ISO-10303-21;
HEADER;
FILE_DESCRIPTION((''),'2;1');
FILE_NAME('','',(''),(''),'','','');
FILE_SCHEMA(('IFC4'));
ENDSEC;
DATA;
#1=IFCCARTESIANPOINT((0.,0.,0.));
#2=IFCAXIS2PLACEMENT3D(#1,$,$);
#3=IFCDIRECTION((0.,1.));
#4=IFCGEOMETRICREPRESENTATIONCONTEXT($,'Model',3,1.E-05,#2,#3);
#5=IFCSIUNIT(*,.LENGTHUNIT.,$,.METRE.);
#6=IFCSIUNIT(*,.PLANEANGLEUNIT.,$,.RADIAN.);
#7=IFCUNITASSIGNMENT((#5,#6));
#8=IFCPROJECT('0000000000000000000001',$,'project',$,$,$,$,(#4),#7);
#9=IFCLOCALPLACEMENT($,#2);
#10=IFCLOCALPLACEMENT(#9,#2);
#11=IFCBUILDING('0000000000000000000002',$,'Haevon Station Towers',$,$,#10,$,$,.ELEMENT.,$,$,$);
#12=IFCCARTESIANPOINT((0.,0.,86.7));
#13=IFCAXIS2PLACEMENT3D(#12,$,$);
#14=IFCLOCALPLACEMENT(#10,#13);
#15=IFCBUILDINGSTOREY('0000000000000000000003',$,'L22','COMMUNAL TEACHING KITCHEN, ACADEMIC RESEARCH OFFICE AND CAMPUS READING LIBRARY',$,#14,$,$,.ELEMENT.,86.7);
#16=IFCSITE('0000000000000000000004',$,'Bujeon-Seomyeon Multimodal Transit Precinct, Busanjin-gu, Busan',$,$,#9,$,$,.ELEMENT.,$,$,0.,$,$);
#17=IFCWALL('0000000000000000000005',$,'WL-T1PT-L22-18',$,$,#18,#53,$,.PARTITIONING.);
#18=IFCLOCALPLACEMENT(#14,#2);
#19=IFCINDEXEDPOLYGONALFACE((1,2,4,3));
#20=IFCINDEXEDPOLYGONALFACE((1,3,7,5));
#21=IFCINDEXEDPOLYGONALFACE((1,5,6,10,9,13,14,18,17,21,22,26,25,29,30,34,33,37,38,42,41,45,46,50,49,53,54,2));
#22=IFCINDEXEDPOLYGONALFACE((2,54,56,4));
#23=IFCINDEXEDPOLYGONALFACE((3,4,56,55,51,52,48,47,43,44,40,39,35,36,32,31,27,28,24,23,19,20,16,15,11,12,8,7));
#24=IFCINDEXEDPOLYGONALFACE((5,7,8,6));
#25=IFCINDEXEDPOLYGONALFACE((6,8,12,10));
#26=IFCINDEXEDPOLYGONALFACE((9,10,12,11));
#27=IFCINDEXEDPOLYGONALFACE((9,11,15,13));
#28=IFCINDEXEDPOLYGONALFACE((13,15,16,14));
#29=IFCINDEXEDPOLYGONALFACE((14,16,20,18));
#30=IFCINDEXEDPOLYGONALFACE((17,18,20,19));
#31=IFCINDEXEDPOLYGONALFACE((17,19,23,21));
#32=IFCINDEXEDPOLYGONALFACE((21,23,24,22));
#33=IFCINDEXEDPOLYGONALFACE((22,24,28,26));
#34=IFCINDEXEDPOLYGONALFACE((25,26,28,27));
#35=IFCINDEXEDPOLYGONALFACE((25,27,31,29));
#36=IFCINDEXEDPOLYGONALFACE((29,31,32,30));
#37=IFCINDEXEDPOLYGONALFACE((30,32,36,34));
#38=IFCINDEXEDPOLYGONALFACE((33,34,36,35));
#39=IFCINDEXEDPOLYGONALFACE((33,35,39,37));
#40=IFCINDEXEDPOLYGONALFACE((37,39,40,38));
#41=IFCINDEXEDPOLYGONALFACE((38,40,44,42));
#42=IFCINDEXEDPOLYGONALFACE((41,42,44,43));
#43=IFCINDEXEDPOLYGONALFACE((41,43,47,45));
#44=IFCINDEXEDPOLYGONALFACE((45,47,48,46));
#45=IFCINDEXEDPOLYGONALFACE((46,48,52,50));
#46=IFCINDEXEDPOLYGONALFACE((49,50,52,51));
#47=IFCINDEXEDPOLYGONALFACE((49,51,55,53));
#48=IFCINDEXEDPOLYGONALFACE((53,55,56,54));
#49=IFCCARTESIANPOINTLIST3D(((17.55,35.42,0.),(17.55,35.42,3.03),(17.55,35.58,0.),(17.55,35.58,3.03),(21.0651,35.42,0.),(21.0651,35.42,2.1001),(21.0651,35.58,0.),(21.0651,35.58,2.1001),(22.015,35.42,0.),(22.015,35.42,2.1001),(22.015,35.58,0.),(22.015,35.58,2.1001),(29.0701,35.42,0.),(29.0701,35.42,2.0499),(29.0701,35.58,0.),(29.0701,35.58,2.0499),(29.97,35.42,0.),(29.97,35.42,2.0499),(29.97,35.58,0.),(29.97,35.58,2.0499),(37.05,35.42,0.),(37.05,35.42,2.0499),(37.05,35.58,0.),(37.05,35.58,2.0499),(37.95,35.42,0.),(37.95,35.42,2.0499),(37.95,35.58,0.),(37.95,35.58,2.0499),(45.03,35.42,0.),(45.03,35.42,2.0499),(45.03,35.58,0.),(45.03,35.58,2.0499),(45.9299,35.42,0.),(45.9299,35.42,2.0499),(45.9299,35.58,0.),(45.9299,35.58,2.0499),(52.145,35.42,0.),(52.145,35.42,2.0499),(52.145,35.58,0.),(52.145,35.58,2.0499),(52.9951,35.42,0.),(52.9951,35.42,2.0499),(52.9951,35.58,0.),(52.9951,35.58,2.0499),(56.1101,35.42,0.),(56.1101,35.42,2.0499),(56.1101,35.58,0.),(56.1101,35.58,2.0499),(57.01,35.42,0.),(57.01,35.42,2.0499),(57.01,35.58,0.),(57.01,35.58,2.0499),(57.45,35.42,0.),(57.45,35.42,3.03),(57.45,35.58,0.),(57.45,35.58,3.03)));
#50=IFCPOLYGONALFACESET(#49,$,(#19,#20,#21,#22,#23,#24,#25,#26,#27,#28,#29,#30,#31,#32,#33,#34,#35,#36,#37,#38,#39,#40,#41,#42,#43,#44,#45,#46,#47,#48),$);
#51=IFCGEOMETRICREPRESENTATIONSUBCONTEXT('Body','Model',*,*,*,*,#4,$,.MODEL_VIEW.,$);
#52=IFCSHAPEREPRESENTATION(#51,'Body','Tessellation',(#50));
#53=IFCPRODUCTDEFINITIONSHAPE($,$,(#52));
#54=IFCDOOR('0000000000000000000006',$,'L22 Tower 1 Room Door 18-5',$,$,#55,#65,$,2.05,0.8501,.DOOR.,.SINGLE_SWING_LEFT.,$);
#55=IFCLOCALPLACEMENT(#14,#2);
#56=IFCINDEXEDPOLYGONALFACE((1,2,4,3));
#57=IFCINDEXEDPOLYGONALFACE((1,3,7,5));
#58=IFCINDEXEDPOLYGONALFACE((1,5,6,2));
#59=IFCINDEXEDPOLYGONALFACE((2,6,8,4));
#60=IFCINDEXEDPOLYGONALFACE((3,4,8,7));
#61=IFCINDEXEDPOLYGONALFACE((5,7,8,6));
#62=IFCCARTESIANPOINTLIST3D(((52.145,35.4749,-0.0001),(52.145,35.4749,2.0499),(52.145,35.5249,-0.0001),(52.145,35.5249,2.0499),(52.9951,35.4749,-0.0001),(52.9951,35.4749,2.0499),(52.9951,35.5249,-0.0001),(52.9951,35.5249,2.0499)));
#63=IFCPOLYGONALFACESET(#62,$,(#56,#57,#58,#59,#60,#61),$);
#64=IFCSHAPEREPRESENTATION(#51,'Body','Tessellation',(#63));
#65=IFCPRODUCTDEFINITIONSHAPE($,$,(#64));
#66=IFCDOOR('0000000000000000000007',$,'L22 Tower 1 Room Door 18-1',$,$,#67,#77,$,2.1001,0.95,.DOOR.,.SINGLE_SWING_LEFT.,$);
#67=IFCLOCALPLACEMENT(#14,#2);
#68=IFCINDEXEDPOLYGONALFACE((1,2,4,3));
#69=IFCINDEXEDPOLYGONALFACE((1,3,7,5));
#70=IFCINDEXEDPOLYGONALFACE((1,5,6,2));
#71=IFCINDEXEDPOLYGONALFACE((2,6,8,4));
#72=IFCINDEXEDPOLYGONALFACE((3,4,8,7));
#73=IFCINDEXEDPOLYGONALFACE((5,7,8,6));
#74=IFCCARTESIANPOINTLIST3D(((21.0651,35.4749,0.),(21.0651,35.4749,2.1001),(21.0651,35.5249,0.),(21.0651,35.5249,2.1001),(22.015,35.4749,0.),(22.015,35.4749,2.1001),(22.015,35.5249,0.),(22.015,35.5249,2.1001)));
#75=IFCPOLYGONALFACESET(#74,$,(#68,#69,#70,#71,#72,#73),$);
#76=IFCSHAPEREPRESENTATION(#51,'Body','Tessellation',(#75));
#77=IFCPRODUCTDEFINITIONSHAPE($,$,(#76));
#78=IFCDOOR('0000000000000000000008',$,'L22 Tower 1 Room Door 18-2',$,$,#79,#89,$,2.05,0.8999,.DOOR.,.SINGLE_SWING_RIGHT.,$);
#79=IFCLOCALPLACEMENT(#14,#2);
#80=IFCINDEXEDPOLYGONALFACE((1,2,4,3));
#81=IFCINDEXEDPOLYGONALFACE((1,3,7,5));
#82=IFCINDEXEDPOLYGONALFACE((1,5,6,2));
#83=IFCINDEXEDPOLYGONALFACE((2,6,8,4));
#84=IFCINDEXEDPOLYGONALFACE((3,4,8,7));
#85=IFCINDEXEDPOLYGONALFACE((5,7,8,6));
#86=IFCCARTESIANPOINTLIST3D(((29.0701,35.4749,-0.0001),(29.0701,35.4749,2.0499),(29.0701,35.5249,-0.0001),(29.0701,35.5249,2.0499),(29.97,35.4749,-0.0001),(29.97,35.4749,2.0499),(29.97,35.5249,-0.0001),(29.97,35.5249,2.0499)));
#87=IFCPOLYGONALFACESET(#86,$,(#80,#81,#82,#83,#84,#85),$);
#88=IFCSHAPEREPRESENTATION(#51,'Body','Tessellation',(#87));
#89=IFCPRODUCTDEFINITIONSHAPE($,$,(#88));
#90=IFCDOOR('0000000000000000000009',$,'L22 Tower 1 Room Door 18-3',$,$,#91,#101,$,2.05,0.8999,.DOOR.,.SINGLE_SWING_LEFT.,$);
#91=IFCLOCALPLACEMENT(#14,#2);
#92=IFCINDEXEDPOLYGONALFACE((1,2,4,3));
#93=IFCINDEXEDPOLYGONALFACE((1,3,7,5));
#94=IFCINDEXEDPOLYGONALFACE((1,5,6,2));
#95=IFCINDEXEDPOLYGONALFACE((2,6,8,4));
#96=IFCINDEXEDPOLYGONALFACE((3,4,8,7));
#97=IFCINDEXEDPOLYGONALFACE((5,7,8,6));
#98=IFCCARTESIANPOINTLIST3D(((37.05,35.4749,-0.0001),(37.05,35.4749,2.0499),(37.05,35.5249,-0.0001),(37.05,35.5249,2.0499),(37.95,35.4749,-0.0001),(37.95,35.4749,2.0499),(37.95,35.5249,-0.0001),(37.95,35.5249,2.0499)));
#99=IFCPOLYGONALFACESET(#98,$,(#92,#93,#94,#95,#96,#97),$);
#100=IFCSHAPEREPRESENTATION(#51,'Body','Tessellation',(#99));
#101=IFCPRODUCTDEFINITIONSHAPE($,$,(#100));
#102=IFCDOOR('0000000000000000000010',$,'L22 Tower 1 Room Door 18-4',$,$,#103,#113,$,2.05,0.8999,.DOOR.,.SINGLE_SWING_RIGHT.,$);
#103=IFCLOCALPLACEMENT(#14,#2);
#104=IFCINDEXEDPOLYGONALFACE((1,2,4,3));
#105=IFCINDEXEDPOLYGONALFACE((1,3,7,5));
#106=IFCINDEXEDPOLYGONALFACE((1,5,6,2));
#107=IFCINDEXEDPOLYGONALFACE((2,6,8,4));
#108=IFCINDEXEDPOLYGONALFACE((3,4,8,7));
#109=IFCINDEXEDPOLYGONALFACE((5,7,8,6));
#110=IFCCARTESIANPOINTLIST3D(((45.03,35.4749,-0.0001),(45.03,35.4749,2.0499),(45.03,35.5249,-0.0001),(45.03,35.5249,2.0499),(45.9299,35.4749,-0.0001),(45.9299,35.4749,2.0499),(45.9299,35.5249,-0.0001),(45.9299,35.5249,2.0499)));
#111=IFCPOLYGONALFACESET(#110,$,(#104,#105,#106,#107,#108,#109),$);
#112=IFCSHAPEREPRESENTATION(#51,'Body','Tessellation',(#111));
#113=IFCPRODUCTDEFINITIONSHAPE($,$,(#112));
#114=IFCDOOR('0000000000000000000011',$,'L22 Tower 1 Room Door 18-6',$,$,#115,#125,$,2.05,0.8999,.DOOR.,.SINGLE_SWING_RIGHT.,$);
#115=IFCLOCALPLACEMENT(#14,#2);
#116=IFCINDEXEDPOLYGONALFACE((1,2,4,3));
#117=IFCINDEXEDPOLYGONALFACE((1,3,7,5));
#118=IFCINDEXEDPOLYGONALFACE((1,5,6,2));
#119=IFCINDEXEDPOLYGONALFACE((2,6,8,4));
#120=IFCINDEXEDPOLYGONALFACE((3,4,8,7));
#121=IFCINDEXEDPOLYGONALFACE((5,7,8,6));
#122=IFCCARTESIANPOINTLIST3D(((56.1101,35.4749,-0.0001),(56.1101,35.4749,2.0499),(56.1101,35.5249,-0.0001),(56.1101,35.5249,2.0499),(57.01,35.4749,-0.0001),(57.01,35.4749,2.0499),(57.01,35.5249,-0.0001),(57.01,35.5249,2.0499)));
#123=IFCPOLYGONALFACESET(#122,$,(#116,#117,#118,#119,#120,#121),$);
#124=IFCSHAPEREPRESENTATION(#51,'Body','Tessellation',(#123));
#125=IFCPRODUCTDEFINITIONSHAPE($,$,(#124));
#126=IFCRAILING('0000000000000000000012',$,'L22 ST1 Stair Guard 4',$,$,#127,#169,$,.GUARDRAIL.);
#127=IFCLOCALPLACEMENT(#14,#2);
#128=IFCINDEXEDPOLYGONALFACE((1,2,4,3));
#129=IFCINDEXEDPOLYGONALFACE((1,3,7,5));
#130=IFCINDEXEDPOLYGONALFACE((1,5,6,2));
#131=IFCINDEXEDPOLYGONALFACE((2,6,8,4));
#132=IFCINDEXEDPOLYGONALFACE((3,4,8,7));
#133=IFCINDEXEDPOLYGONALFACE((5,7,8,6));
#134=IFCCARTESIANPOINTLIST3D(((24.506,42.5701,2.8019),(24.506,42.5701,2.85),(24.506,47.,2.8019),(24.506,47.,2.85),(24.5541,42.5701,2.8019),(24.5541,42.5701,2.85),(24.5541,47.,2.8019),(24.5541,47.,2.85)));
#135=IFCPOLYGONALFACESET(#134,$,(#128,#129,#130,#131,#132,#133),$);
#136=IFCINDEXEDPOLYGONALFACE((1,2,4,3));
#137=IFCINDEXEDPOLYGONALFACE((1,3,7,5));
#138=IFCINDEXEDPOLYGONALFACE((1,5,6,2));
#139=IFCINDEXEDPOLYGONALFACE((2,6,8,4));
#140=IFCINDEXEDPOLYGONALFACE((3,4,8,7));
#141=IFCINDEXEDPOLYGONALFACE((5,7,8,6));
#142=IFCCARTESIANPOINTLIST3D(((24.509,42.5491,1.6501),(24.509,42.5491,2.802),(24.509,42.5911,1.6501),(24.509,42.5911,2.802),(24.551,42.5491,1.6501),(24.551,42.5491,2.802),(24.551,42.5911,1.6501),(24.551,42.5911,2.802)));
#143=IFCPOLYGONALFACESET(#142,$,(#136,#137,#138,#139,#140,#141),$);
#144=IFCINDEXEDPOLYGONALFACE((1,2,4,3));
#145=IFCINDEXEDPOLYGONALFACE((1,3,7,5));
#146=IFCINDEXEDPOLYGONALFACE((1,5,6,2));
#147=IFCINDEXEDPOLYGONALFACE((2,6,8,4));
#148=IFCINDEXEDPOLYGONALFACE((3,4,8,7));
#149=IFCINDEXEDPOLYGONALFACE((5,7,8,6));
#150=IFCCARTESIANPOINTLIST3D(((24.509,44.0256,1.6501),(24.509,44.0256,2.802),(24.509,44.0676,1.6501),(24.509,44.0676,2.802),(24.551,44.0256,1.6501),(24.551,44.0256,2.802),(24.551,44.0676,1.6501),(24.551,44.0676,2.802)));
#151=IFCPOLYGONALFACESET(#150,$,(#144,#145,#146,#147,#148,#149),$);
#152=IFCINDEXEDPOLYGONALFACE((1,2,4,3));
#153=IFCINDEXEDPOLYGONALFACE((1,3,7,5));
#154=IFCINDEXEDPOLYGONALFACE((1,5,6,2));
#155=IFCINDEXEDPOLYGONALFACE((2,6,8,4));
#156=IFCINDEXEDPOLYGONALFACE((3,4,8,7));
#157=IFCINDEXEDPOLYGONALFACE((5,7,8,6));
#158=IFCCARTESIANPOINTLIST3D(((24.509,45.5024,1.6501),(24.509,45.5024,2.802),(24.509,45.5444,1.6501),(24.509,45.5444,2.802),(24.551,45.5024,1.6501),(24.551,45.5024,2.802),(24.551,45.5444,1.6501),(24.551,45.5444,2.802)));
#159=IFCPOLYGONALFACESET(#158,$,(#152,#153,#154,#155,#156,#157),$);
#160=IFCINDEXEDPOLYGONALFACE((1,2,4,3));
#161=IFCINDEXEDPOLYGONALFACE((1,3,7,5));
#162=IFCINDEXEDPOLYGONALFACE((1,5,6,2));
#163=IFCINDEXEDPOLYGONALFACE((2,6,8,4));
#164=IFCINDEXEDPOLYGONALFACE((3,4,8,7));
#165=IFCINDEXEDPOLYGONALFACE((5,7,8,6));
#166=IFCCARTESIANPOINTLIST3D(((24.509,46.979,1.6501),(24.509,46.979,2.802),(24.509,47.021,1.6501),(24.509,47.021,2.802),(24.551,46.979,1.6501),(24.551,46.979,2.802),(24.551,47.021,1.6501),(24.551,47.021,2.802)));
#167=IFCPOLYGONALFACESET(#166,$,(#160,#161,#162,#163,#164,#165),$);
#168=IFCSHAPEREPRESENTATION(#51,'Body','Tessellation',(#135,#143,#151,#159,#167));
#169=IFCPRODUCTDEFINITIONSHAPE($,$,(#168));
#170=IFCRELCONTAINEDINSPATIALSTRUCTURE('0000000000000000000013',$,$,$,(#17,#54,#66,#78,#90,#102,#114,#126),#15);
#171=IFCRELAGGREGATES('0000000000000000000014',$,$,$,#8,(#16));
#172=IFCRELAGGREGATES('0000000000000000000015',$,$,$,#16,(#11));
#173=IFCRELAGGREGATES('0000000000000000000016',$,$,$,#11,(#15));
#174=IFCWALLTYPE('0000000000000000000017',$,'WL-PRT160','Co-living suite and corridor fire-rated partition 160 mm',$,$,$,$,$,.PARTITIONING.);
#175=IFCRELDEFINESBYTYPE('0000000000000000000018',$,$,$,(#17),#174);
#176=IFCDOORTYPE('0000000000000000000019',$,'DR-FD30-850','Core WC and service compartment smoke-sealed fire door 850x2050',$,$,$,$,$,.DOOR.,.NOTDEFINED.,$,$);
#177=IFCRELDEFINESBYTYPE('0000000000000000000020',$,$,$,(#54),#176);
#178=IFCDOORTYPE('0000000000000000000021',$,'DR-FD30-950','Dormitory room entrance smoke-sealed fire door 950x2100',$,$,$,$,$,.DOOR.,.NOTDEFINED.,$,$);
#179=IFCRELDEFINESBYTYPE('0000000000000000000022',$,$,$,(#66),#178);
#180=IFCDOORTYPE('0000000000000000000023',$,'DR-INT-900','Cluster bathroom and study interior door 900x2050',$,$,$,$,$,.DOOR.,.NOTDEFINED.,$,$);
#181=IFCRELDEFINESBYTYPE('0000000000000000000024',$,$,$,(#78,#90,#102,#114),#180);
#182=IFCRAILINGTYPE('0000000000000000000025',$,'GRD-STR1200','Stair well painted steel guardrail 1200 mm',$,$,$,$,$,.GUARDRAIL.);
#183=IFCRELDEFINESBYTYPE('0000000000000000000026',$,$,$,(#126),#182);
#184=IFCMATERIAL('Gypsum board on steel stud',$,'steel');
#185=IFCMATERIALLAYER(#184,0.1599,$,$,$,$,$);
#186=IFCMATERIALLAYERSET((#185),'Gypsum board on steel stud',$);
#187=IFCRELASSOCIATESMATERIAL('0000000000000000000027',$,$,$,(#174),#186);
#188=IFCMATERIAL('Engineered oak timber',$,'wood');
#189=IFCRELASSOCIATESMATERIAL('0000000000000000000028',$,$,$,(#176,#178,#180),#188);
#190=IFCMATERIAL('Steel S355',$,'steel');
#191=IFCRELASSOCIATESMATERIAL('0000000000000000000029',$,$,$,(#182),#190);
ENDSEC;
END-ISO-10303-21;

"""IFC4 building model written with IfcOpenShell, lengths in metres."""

from ifc_helpers import new_model, si_unit, direction, frame, frame_2d, origin, origin_2d, place, context, subcontext, project, spatial, rectangle, extrude, material, layer, layer_set, type_object, element, fill, save


model = new_model("IFC4")

# Units and contexts
model_context = context("Model", 3, precision=1e-05, world=origin(), true_north=direction((0.0, 1.0)))
body_context = subcontext(model_context, "Body", "Model", "MODEL_VIEW")
ifc_project = project(units=[si_unit("LENGTHUNIT", "METRE"), si_unit("PLANEANGLEUNIT", "RADIAN")], contexts=[model_context])

# Site, building, storey
site_placement = place(None, origin())
site = spatial("IfcSite", under=ifc_project, at=site_placement, Name="Bujeon-Seomyeon Multimodal Transit Precinct, Busanjin-gu, Busan", CompositionType="ELEMENT", RefElevation=0.0)
building_placement = place(site_placement, origin())
building = spatial("IfcBuilding", under=site, at=building_placement, Name="Haevon Station Towers", CompositionType="ELEMENT")
storey_placement = place(building_placement, frame((0.0, 0.0, 86.7)))
storey = spatial("IfcBuildingStorey", under=building, at=storey_placement, Name="L22", Description="COMMUNAL TEACHING KITCHEN, ACADEMIC RESEARCH OFFICE AND CAMPUS READING LIBRARY", CompositionType="ELEMENT", Elevation=86.7)

# Shared definitions
ifc_material_1 = material(Name="Steel S355", Category="steel")

# Shared definitions
ifc_material_2 = material(Name="Gypsum board on steel stud", Category="steel")
ifc_material_3 = material(Name="Engineered oak timber", Category="wood")

# Shared definitions
ifc_layer_1 = layer(ifc_material_2, 0.1599)
ifc_layer_set_1 = layer_set([ifc_layer_1], Name="Gypsum board on steel stud")
wall_type_1 = type_object("IfcWallType", Name="WL-PRT160", Description="Co-living suite and corridor fire-rated partition 160 mm", PredefinedType="PARTITIONING", material=ifc_layer_set_1)

# Wall, openings, doors
wall_1_placement = place(storey_placement, frame((17.55, 35.5, 0.0), z_axis=(0.0, 0.0, 1.0), x_axis=(1.0, 0.0, 0.0)))
wall_1 = element("IfcWall", 1, at=wall_1_placement, inside=storey, type_object=wall_type_1, Name="WL-T1PT-L22-18", PredefinedType="PARTITIONING", context=body_context, shape_type="SweptSolid", body=[
    extrude(rectangle(XDim=39.8999, YDim=0.1599, at=frame_2d((19.95, 0.0))), origin(), (0.0, 0.0, 1.0), 3.03),
])
opening_1_placement = place(wall_1_placement, frame((3.5149, 0.0, 0.0)))
opening_1 = element("IfcOpeningElement", 2, at=opening_1_placement, cuts=wall_1, PredefinedType="OPENING", context=body_context, shape_type="SweptSolid", body=[
    extrude(rectangle(XDim=0.95, YDim=2.1001, at=frame_2d((0.4751, 1.05))), frame((0.0, 0.0898, 0.0), z_axis=(0.0, -1.0, 0.0), x_axis=(1.0, 0.0, 0.0)), (0.0, 0.0, 1.0), 0.1799),
])
opening_2_placement = place(wall_1_placement, frame((11.52, 0.0, 0.0)))
opening_2 = element("IfcOpeningElement", 3, at=opening_2_placement, cuts=wall_1, PredefinedType="OPENING", context=body_context, shape_type="SweptSolid", body=[
    extrude(rectangle(XDim=0.8999, YDim=2.05, at=frame_2d((0.45, 1.0249))), frame((0.0, 0.0898, 0.0), z_axis=(0.0, -1.0, 0.0), x_axis=(1.0, 0.0, 0.0)), (0.0, 0.0, 1.0), 0.1799),
])
opening_3_placement = place(wall_1_placement, frame((19.5, 0.0, 0.0)))
opening_3 = element("IfcOpeningElement", 4, at=opening_3_placement, cuts=wall_1, PredefinedType="OPENING", context=body_context, shape_type="SweptSolid", body=[
    extrude(rectangle(XDim=0.8999, YDim=2.05, at=frame_2d((0.45, 1.0249))), frame((0.0, 0.0898, 0.0), z_axis=(0.0, -1.0, 0.0), x_axis=(1.0, 0.0, 0.0)), (0.0, 0.0, 1.0), 0.1799),
])
opening_4_placement = place(wall_1_placement, frame((27.48, 0.0, 0.0)))
opening_4 = element("IfcOpeningElement", 5, at=opening_4_placement, cuts=wall_1, PredefinedType="OPENING", context=body_context, shape_type="SweptSolid", body=[
    extrude(rectangle(XDim=0.8999, YDim=2.05, at=frame_2d((0.45, 1.0249))), frame((0.0, 0.0898, 0.0), z_axis=(0.0, -1.0, 0.0), x_axis=(1.0, 0.0, 0.0)), (0.0, 0.0, 1.0), 0.1799),
])
opening_5_placement = place(wall_1_placement, frame((34.595, 0.0, 0.0)))
opening_5 = element("IfcOpeningElement", 6, at=opening_5_placement, cuts=wall_1, PredefinedType="OPENING", context=body_context, shape_type="SweptSolid", body=[
    extrude(rectangle(XDim=0.8501, YDim=2.05, at=frame_2d((0.425, 1.0249))), frame((0.0, 0.0898, 0.0), z_axis=(0.0, -1.0, 0.0), x_axis=(1.0, 0.0, 0.0)), (0.0, 0.0, 1.0), 0.1799),
])
opening_6_placement = place(wall_1_placement, frame((38.5601, 0.0, 0.0)))
opening_6 = element("IfcOpeningElement", 7, at=opening_6_placement, cuts=wall_1, PredefinedType="OPENING", context=body_context, shape_type="SweptSolid", body=[
    extrude(rectangle(XDim=0.8999, YDim=2.05, at=frame_2d((0.45, 1.0249))), frame((0.0, 0.0898, 0.0), z_axis=(0.0, -1.0, 0.0), x_axis=(1.0, 0.0, 0.0)), (0.0, 0.0, 1.0), 0.1799),
])
door_type_1 = type_object("IfcDoorType", Name="DR-FD30-850", Description="Core WC and service compartment smoke-sealed fire door 850x2050", OperationType="NOTDEFINED", PredefinedType="DOOR", material=ifc_material_3)
door_1_placement = place(opening_5_placement, origin())
door_1 = element("IfcDoor", 8, at=door_1_placement, inside=storey, type_object=door_type_1, Name="L22 Tower 1 Room Door 18-5", OperationType="SINGLE_SWING_LEFT", OverallHeight=2.05, OverallWidth=0.8501, PredefinedType="DOOR", context=body_context, shape_type="SweptSolid", body=[
    extrude(rectangle(XDim=0.8501, YDim=2.05, at=frame_2d((0.425, 1.0249))), frame((0.0, 0.0249, 0.0), z_axis=(0.0, -1.0, 0.0), x_axis=(1.0, 0.0, 0.0)), (0.0, 0.0, 1.0), 0.05),
])
fill(opening_5, door_1)
door_type_2 = type_object("IfcDoorType", Name="DR-FD30-950", Description="Dormitory room entrance smoke-sealed fire door 950x2100", OperationType="NOTDEFINED", PredefinedType="DOOR", material=ifc_material_3)
door_2_placement = place(opening_1_placement, origin())
door_2 = element("IfcDoor", 9, at=door_2_placement, inside=storey, type_object=door_type_2, Name="L22 Tower 1 Room Door 18-1", OperationType="SINGLE_SWING_LEFT", OverallHeight=2.1001, OverallWidth=0.95, PredefinedType="DOOR", context=body_context, shape_type="SweptSolid", body=[
    extrude(rectangle(XDim=0.95, YDim=2.1001, at=frame_2d((0.4751, 1.05))), frame((0.0, 0.0249, 0.0), z_axis=(0.0, -1.0, 0.0), x_axis=(1.0, 0.0, 0.0)), (0.0, 0.0, 1.0), 0.05),
])
fill(opening_1, door_2)
door_type_3 = type_object("IfcDoorType", Name="DR-INT-900", Description="Cluster bathroom and study interior door 900x2050", OperationType="NOTDEFINED", PredefinedType="DOOR", material=ifc_material_3)
door_3_placement = place(opening_2_placement, origin())
door_3 = element("IfcDoor", 10, at=door_3_placement, inside=storey, type_object=door_type_3, Name="L22 Tower 1 Room Door 18-2", OperationType="SINGLE_SWING_RIGHT", OverallHeight=2.05, OverallWidth=0.8999, PredefinedType="DOOR", context=body_context, shape_type="SweptSolid", body=[
    extrude(rectangle(XDim=0.8999, YDim=2.05, at=frame_2d((0.45, 1.0249))), frame((0.0, 0.0249, 0.0), z_axis=(0.0, -1.0, 0.0), x_axis=(1.0, 0.0, 0.0)), (0.0, 0.0, 1.0), 0.05),
])
fill(opening_2, door_3)
door_4_placement = place(opening_3_placement, origin())
door_4 = element("IfcDoor", 11, at=door_4_placement, inside=storey, type_object=door_type_3, Name="L22 Tower 1 Room Door 18-3", OperationType="SINGLE_SWING_LEFT", OverallHeight=2.05, OverallWidth=0.8999, PredefinedType="DOOR", context=body_context, shape_type="SweptSolid", body=[
    extrude(rectangle(XDim=0.8999, YDim=2.05, at=frame_2d((0.45, 1.0249))), frame((0.0, 0.0249, 0.0), z_axis=(0.0, -1.0, 0.0), x_axis=(1.0, 0.0, 0.0)), (0.0, 0.0, 1.0), 0.05),
])
fill(opening_3, door_4)
door_5_placement = place(opening_4_placement, origin())
door_5 = element("IfcDoor", 12, at=door_5_placement, inside=storey, type_object=door_type_3, Name="L22 Tower 1 Room Door 18-4", OperationType="SINGLE_SWING_RIGHT", OverallHeight=2.05, OverallWidth=0.8999, PredefinedType="DOOR", context=body_context, shape_type="SweptSolid", body=[
    extrude(rectangle(XDim=0.8999, YDim=2.05, at=frame_2d((0.45, 1.0249))), frame((0.0, 0.0249, 0.0), z_axis=(0.0, -1.0, 0.0), x_axis=(1.0, 0.0, 0.0)), (0.0, 0.0, 1.0), 0.05),
])
fill(opening_4, door_5)
door_6_placement = place(opening_6_placement, origin())
door_6 = element("IfcDoor", 13, at=door_6_placement, inside=storey, type_object=door_type_3, Name="L22 Tower 1 Room Door 18-6", OperationType="SINGLE_SWING_RIGHT", OverallHeight=2.05, OverallWidth=0.8999, PredefinedType="DOOR", context=body_context, shape_type="SweptSolid", body=[
    extrude(rectangle(XDim=0.8999, YDim=2.05, at=frame_2d((0.45, 1.0249))), frame((0.0, 0.0249, 0.0), z_axis=(0.0, -1.0, 0.0), x_axis=(1.0, 0.0, 0.0)), (0.0, 0.0, 1.0), 0.05),
])
fill(opening_6, door_6)

# Railing
railing_type_1 = type_object("IfcRailingType", Name="GRD-STR1200", Description="Stair well painted steel guardrail 1200 mm", PredefinedType="GUARDRAIL", material=ifc_material_1)
railing_1_placement = place(storey_placement, frame((24.53, 42.5701, 1.6501)))
element("IfcRailing", 14, at=railing_1_placement, inside=storey, type_object=railing_type_1, Name="L22 ST1 Stair Guard 4", PredefinedType="GUARDRAIL", context=body_context, shape_type="SweptSolid", body=[
    extrude(rectangle(XDim=0.0481, YDim=0.0481, at=origin_2d()), frame((0.0, 0.0, 1.1758), z_axis=(0.0, 1.0, 0.0), x_axis=(-1.0, 0.0, 0.0)), (0.0, 0.0, 1.0), 4.4299),
    extrude(rectangle(XDim=0.042, YDim=0.042, at=origin_2d()), origin(), (0.0, 0.0, 1.0), 1.1519),
    extrude(rectangle(XDim=0.042, YDim=0.042, at=origin_2d()), frame((0.0, 1.4766, 0.0)), (0.0, 0.0, 1.0), 1.1519),
    extrude(rectangle(XDim=0.042, YDim=0.042, at=origin_2d()), frame((0.0, 2.9534, 0.0)), (0.0, 0.0, 1.0), 1.1519),
    extrude(rectangle(XDim=0.042, YDim=0.042, at=origin_2d()), frame((0.0, 4.4299, 0.0)), (0.0, 0.0, 1.0), 1.1519),
])

save(model, "model.ifc")
